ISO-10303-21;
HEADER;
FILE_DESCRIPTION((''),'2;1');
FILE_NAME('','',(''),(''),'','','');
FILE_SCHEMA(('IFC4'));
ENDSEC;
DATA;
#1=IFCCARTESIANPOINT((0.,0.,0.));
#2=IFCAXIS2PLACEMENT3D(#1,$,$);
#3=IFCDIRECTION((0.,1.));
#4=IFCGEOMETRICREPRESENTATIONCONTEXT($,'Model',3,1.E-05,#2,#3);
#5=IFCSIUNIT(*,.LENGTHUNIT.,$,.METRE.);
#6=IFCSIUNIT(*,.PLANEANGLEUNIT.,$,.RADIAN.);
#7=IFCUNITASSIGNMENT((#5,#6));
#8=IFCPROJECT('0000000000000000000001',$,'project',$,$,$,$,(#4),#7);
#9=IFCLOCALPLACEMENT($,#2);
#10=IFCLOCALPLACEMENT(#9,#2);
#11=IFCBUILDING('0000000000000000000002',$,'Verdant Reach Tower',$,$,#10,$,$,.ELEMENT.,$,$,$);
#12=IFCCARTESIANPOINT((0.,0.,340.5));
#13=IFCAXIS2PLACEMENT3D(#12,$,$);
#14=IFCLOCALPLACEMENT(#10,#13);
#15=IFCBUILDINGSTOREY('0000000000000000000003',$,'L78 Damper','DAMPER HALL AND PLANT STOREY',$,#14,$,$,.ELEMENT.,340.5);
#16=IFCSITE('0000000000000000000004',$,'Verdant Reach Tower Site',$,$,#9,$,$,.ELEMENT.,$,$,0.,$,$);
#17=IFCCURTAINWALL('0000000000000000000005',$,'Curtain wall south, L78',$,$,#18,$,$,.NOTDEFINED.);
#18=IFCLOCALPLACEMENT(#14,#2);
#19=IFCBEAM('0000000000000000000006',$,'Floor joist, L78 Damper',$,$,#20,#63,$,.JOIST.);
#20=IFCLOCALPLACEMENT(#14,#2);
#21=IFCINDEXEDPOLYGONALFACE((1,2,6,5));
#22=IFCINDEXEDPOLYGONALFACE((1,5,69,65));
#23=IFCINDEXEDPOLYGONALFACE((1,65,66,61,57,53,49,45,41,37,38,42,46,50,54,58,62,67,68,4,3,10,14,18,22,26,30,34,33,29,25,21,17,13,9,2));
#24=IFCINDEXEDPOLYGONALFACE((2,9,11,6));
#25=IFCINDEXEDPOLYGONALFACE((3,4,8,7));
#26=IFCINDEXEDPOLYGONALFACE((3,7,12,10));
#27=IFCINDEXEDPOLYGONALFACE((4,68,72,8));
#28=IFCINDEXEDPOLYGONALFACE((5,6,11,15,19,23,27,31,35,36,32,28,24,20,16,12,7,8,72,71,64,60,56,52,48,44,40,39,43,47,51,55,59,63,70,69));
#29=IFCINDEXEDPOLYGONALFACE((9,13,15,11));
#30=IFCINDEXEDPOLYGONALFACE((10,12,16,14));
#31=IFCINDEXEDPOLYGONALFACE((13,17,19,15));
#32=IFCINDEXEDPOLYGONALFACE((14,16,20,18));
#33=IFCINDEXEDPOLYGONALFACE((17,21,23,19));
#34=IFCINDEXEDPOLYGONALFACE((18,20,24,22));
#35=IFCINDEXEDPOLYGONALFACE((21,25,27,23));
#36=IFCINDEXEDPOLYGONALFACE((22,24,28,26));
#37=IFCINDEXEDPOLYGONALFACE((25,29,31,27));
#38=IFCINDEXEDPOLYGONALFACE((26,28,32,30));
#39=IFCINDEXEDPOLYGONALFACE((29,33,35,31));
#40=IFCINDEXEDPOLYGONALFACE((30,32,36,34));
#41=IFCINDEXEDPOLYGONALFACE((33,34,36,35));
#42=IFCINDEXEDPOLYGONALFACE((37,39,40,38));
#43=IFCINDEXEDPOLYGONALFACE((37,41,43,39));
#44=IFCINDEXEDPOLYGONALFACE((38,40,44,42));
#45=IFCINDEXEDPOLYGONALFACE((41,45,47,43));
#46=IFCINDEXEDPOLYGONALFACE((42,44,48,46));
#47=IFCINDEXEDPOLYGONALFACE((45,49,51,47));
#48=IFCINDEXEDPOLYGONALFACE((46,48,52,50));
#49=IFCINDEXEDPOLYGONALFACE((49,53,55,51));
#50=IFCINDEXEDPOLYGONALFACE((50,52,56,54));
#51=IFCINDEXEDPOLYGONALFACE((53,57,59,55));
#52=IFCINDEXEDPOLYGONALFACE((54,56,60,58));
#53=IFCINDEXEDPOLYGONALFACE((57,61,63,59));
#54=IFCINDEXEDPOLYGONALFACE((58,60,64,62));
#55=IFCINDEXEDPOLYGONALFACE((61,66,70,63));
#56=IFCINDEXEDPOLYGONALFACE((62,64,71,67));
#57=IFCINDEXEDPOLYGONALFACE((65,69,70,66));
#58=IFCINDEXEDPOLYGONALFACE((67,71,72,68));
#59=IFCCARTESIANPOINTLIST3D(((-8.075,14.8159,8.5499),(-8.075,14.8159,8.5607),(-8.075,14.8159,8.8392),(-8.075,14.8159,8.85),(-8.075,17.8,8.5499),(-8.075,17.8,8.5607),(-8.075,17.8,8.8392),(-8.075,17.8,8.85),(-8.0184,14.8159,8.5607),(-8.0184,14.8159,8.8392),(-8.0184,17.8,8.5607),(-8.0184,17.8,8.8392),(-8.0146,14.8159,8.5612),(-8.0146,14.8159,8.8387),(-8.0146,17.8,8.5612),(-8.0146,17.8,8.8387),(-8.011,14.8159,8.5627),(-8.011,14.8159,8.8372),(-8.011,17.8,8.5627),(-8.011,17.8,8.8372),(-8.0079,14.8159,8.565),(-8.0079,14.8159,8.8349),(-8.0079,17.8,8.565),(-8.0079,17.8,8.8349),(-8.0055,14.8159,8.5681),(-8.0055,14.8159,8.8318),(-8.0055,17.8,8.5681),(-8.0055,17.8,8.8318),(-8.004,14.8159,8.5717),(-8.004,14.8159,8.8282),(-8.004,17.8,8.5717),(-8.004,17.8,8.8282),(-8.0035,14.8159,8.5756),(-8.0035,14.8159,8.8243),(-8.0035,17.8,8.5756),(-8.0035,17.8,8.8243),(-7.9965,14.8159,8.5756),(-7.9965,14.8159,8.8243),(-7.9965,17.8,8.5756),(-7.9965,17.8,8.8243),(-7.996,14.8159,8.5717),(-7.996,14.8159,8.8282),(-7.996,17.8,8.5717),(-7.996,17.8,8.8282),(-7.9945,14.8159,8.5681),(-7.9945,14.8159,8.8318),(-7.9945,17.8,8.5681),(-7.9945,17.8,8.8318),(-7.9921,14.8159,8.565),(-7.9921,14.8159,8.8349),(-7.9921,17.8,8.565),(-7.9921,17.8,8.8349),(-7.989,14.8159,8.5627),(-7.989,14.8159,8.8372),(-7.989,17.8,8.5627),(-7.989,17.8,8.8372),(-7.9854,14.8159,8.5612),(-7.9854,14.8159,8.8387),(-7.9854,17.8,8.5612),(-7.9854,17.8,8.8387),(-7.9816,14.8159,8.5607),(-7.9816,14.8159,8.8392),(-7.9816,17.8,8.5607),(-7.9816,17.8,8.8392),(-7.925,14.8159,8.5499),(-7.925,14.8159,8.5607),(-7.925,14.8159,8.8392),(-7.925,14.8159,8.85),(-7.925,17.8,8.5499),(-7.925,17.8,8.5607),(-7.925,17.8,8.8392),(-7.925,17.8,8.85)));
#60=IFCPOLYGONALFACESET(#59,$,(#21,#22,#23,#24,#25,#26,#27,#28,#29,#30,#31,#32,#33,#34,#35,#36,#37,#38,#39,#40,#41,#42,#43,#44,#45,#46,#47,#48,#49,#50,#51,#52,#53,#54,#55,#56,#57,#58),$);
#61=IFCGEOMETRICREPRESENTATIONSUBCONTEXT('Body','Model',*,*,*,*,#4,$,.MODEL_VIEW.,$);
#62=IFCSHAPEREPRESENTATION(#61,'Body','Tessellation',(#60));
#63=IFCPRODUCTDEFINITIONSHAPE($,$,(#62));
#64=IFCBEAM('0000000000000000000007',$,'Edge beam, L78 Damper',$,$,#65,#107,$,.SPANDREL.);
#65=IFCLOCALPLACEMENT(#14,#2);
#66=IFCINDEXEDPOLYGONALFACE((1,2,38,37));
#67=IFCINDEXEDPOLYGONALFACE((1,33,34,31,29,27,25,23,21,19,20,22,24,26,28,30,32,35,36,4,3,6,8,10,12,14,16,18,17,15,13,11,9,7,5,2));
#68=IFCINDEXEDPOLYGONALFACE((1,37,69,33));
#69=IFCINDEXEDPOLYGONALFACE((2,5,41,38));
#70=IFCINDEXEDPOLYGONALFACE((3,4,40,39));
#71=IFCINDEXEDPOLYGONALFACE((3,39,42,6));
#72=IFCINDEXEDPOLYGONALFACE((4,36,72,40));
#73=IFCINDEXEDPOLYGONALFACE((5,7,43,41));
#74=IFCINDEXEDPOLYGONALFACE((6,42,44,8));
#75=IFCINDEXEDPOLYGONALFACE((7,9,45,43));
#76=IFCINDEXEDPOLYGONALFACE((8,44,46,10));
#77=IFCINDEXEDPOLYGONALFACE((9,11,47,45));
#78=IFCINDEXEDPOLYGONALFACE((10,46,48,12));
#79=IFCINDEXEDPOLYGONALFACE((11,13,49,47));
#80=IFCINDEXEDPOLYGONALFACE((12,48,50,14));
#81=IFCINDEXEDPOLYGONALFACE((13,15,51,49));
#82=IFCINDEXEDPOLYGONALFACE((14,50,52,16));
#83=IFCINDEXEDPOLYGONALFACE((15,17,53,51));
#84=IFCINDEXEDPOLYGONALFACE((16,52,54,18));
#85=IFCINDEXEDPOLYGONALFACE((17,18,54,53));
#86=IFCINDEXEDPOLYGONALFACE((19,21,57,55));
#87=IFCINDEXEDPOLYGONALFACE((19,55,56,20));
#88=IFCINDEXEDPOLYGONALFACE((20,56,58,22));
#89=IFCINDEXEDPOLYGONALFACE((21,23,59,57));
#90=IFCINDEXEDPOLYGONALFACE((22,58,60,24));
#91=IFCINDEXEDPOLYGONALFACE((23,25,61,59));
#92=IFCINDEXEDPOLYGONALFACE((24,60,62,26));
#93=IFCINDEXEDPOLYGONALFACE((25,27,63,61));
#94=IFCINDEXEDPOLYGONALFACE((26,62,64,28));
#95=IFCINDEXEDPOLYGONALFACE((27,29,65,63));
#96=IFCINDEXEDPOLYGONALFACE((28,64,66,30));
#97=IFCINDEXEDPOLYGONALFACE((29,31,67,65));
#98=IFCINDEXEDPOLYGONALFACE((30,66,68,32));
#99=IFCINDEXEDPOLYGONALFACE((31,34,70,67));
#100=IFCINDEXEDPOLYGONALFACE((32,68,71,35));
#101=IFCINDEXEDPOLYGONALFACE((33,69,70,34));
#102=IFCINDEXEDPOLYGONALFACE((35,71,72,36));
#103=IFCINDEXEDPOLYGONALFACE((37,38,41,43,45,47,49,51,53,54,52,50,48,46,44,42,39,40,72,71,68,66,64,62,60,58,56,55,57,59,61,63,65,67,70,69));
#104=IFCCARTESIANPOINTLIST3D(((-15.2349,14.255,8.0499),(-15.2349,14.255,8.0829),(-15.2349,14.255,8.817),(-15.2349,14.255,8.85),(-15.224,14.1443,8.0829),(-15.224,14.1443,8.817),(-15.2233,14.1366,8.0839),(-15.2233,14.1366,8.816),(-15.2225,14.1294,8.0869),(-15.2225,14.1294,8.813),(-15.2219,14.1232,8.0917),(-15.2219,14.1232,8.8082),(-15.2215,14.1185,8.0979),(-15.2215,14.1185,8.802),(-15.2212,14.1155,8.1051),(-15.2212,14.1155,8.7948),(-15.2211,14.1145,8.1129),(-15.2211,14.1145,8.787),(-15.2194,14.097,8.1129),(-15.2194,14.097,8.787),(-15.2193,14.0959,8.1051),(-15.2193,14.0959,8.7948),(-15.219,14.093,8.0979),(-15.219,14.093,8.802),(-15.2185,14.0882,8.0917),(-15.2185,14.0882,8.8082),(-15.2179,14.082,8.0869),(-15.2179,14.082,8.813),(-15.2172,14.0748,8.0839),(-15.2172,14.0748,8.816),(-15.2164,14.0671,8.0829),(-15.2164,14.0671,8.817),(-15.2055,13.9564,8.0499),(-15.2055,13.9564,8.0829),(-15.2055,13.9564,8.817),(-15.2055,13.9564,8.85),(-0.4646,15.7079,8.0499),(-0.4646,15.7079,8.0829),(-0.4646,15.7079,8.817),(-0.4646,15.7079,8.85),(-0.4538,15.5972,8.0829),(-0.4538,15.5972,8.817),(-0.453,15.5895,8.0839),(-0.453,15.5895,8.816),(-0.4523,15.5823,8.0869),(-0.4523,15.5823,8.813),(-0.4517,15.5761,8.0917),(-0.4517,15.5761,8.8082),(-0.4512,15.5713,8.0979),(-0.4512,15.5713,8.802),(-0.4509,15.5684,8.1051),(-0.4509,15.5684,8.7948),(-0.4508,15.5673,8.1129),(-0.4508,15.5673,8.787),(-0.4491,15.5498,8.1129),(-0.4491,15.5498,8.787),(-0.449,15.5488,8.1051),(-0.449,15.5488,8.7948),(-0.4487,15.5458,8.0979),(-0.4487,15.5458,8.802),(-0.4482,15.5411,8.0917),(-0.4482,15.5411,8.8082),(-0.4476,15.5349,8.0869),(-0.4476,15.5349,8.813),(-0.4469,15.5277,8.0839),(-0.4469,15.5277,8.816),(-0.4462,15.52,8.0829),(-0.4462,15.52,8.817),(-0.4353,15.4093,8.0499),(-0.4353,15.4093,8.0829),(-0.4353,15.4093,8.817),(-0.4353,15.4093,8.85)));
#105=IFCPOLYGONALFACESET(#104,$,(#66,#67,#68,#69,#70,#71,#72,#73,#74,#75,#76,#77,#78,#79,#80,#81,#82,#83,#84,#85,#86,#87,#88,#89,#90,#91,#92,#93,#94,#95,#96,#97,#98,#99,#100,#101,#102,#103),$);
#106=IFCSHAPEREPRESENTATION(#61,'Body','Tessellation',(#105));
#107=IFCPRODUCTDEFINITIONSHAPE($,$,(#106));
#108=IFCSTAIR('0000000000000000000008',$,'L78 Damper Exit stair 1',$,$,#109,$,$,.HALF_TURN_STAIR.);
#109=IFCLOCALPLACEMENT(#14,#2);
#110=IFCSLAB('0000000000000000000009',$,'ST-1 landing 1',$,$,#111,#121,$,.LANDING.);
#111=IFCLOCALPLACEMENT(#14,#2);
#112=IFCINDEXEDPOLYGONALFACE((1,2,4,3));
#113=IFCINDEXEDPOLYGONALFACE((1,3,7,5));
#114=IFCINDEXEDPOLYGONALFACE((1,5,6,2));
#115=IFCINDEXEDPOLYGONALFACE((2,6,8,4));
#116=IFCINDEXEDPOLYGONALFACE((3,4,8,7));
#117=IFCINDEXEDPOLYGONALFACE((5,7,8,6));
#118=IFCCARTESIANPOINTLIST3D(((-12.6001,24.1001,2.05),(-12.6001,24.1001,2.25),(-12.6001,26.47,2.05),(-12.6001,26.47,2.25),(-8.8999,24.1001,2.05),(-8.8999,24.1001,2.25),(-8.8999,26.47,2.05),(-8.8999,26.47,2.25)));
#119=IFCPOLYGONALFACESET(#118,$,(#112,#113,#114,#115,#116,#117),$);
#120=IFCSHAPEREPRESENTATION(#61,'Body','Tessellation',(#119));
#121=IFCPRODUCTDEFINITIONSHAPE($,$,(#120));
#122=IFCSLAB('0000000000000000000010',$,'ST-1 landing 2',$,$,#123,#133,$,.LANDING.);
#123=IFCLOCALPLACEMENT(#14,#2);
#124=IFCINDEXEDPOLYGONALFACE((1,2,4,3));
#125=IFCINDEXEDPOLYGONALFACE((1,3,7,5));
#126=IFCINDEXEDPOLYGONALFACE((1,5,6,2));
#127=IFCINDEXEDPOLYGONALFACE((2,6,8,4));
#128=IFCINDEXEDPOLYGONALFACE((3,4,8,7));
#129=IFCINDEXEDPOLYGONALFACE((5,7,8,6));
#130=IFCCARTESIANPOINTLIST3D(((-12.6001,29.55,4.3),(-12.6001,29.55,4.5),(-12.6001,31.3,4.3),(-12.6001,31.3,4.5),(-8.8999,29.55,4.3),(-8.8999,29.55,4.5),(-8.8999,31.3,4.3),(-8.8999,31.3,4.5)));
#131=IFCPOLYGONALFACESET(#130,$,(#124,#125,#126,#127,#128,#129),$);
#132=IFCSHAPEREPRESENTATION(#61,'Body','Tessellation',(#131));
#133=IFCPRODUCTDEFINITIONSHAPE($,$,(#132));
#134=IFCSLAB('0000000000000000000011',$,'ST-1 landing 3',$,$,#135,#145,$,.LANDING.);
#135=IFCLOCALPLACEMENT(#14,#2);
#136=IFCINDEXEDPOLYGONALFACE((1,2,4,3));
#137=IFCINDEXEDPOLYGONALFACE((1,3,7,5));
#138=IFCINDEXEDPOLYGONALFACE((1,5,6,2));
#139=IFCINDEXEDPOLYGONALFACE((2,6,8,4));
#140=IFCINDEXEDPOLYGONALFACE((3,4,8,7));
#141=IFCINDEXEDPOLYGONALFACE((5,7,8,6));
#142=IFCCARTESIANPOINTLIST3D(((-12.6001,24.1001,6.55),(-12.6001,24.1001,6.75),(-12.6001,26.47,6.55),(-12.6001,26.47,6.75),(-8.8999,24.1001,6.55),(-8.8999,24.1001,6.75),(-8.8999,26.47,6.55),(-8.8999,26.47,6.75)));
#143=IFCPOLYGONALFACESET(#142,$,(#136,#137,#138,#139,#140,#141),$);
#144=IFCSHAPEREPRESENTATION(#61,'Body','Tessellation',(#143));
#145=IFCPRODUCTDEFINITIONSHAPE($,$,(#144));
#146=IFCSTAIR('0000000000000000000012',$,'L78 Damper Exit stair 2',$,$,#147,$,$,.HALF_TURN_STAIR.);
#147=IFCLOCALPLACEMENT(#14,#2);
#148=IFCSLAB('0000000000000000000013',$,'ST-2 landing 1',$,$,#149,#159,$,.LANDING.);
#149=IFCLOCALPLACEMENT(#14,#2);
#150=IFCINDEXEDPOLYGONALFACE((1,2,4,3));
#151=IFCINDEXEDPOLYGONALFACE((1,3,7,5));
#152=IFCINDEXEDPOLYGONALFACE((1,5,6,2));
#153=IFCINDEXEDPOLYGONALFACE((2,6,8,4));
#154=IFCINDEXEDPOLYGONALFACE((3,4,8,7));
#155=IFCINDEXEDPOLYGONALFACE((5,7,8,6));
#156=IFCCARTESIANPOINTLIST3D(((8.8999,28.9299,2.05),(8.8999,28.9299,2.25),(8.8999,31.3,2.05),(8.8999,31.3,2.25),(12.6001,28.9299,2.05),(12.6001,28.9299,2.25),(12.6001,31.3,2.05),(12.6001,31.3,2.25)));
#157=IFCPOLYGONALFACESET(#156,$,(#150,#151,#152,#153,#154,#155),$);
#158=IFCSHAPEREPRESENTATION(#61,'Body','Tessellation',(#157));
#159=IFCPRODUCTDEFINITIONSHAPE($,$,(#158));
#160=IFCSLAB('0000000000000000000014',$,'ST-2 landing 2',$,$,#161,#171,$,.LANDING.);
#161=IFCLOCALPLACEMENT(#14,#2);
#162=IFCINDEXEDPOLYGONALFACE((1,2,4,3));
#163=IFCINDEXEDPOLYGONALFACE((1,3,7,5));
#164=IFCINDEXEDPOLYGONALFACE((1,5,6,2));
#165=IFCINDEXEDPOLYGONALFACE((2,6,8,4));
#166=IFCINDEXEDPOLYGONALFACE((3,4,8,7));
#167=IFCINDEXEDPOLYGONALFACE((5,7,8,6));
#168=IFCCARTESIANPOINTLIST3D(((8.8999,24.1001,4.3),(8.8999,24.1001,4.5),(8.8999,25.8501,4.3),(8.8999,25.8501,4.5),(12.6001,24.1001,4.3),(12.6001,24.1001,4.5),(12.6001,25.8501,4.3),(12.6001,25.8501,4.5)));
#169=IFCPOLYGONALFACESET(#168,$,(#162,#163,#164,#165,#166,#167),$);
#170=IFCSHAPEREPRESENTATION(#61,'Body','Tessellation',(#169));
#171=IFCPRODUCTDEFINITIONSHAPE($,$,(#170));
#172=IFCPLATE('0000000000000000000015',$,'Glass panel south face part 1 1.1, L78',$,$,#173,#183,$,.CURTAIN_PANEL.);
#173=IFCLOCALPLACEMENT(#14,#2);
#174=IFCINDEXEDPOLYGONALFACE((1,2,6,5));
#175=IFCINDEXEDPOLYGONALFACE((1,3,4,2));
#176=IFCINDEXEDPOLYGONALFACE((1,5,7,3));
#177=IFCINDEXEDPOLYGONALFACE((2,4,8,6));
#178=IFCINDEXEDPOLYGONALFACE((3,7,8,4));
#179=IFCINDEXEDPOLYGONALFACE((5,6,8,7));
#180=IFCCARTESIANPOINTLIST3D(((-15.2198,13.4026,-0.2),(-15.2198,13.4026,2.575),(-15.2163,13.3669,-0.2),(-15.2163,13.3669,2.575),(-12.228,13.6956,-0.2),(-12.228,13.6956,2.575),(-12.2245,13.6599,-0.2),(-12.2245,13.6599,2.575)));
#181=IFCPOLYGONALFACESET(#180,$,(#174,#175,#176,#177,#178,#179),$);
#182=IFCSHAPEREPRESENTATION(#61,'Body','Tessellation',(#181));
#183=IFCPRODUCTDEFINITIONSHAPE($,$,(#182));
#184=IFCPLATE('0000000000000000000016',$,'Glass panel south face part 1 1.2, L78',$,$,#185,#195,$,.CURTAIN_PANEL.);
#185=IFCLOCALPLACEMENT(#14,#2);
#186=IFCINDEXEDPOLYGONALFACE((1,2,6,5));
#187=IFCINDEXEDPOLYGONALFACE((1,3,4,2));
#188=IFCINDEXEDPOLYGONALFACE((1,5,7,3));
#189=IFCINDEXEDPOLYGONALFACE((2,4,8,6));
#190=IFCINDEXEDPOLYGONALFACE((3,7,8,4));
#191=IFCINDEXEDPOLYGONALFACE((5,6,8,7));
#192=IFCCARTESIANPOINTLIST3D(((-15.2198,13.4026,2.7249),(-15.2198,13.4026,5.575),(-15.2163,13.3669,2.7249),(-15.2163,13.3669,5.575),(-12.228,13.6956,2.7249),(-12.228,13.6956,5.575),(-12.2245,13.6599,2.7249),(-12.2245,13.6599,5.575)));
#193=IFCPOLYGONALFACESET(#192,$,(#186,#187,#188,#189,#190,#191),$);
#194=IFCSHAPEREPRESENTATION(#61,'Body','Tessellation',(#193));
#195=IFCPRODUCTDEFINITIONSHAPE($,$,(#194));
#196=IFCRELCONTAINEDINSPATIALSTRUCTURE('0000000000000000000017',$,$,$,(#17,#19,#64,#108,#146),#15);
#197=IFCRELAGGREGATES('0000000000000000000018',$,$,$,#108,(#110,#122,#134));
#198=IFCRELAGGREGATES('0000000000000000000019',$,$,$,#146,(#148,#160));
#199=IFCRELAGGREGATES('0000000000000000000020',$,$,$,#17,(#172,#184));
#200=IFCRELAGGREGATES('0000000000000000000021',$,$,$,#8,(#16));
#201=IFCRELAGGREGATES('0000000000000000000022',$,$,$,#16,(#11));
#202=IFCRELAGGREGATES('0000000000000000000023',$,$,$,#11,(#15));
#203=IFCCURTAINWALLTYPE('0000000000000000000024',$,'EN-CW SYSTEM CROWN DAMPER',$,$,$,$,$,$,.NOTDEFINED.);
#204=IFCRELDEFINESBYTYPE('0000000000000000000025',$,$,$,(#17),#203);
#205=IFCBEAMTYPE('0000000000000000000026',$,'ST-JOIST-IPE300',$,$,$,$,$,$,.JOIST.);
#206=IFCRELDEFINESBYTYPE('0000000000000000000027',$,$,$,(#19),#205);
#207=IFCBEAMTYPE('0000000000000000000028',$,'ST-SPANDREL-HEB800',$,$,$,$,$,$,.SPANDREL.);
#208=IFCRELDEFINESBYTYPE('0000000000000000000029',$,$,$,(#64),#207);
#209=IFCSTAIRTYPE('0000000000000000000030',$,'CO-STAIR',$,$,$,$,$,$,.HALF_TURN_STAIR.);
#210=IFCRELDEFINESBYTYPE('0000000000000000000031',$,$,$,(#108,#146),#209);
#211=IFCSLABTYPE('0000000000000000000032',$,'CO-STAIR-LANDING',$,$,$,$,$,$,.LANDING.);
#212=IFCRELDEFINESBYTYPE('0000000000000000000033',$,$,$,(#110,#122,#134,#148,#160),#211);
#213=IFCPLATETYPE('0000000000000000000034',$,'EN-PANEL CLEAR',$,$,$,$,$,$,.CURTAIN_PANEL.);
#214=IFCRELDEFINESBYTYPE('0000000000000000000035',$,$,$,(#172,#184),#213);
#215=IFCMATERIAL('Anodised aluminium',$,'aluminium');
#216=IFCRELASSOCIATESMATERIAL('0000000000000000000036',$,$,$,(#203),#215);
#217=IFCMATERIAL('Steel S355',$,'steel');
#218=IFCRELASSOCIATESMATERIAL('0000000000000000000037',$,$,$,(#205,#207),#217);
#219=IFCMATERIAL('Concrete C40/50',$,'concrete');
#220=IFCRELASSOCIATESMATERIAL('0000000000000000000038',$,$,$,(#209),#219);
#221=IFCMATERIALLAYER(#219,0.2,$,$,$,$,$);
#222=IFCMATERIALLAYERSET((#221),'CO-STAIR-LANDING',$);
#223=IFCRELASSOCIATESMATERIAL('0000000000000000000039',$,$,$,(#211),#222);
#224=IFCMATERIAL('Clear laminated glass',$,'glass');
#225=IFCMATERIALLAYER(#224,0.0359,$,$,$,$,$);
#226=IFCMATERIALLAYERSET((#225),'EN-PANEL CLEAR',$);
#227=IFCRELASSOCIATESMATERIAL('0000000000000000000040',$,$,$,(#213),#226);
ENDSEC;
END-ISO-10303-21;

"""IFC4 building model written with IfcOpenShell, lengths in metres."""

from ifc_helpers import new_model, si_unit, direction, frame, origin, origin_2d, place, context, subcontext, project, spatial, polyline, rectangle, i_section, outline, extrude, material, layer, layer_set, material_profile, profile_set, type_object, element, aggregate, save


model = new_model("IFC4")

# Units and contexts
model_context = context("Model", 3, precision=1e-05, world=origin(), true_north=direction((0.0, 1.0)))
body_context = subcontext(model_context, "Body", "Model", "MODEL_VIEW")
ifc_project = project(units=[si_unit("LENGTHUNIT", "METRE"), si_unit("PLANEANGLEUNIT", "RADIAN")], contexts=[model_context])

# Site, building, storey
site_placement = place(None, origin())
site = spatial("IfcSite", under=ifc_project, at=site_placement, Name="Verdant Reach Tower Site", CompositionType="ELEMENT", RefElevation=0.0)
building_placement = place(site_placement, origin())
building = spatial("IfcBuilding", under=site, at=building_placement, Name="Verdant Reach Tower", CompositionType="ELEMENT")
storey_placement = place(building_placement, frame((0.0, 0.0, 340.5)))
storey = spatial("IfcBuildingStorey", under=building, at=storey_placement, Name="L78 Damper", Description="DAMPER HALL AND PLANT STOREY", CompositionType="ELEMENT", Elevation=340.5)

# Curtain wall
ifc_material_1 = material(Name="Anodised aluminium", Category="aluminium")
curtain_wall_type = type_object("IfcCurtainWallType", Name="EN-CW SYSTEM CROWN DAMPER", PredefinedType="NOTDEFINED", material=ifc_material_1)
curtain_wall_placement = place(storey_placement, origin())
curtain_wall = element("IfcCurtainWall", 1, at=curtain_wall_placement, inside=storey, type_object=curtain_wall_type, Name="Curtain wall south, L78", PredefinedType="NOTDEFINED")

# Beams
ifc_material_2 = material(Name="Steel S355", Category="steel")
ifc_material_profile_1 = material_profile(ifc_material_2, i_section(OverallWidth=0.1499, OverallDepth=0.3, WebThickness=0.0071, FlangeThickness=0.0107, FilletRadius=0.0149, at=origin_2d()), Name="IPE 300")
ifc_profile_set_1 = profile_set([ifc_material_profile_1], Name="Steel S355")
beam_type_1 = type_object("IfcBeamType", Name="ST-JOIST-IPE300", PredefinedType="JOIST", material=ifc_profile_set_1)
beam_1_placement = place(storey_placement, frame((-8.0, 17.8, 8.7), z_axis=(0.0, -1.0, 0.0), x_axis=(1.0, 0.0, 0.0)))
element("IfcBeam", 2, at=beam_1_placement, inside=storey, type_object=beam_type_1, Name="Floor joist, L78 Damper", PredefinedType="JOIST", context=body_context, shape_type="SweptSolid", body=[
    extrude(i_section(OverallWidth=0.1499, OverallDepth=0.3, WebThickness=0.0071, FlangeThickness=0.0107, FilletRadius=0.0149, at=origin_2d()), origin(), (0.0, 0.0, 1.0), 2.9841),
])
ifc_material_profile_2 = material_profile(ifc_material_2, i_section(OverallWidth=0.3, OverallDepth=0.8, WebThickness=0.0176, FlangeThickness=0.033, FilletRadius=0.03, at=origin_2d()), Name="HEB 800")
ifc_profile_set_2 = profile_set([ifc_material_profile_2], Name="Steel S355")
beam_type_2 = type_object("IfcBeamType", Name="ST-SPANDREL-HEB800", PredefinedType="SPANDREL", material=ifc_profile_set_2)
beam_2_placement = place(storey_placement, frame((-0.45, 15.5586, 8.45), z_axis=(-0.995197, -0.097893, 0.0), x_axis=(0.097893, -0.995197, 0.0)))
element("IfcBeam", 3, at=beam_2_placement, inside=storey, type_object=beam_type_2, Name="Edge beam, L78 Damper", PredefinedType="SPANDREL", context=body_context, shape_type="SweptSolid", body=[
    extrude(i_section(OverallWidth=0.3, OverallDepth=0.8, WebThickness=0.0176, FlangeThickness=0.033, FilletRadius=0.03, at=origin_2d()), origin(), (0.0, 0.0, 1.0), 14.8416),
])

# Stairs, slabs
ifc_material_3 = material(Name="Concrete C40/50", Category="concrete")
stair_type = type_object("IfcStairType", Name="CO-STAIR", PredefinedType="HALF_TURN_STAIR", material=ifc_material_3)
stair_1_placement = place(storey_placement, origin())
stair_1 = element("IfcStair", 4, at=stair_1_placement, inside=storey, type_object=stair_type, Name="L78 Damper Exit stair 1", PredefinedType="HALF_TURN_STAIR")
ifc_layer_1 = layer(ifc_material_3, 0.2)
ifc_layer_set_1 = layer_set([ifc_layer_1], Name="CO-STAIR-LANDING")
slab_type_1 = type_object("IfcSlabType", Name="CO-STAIR-LANDING", PredefinedType="LANDING", material=ifc_layer_set_1)
slab_1_placement = place(storey_placement, frame((0.0, 0.0, 2.05)))
slab_1 = element("IfcSlab", 5, at=slab_1_placement, type_object=slab_type_1, Name="ST-1 landing 1", PredefinedType="LANDING", context=body_context, shape_type="SweptSolid", body=[
    extrude(outline(polyline([(-12.6001, 26.47), (-12.6001, 24.1001), (-8.8999, 24.1001), (-8.8999, 26.47), (-12.6001, 26.47)])), origin(), (0.0, 0.0, 1.0), 0.2),
])
slab_2_placement = place(storey_placement, frame((0.0, 0.0, 4.3)))
slab_2 = element("IfcSlab", 6, at=slab_2_placement, type_object=slab_type_1, Name="ST-1 landing 2", PredefinedType="LANDING", context=body_context, shape_type="SweptSolid", body=[
    extrude(outline(polyline([(-12.6001, 31.3), (-12.6001, 29.55), (-8.8999, 29.55), (-8.8999, 31.3), (-12.6001, 31.3)])), origin(), (0.0, 0.0, 1.0), 0.2),
])
slab_3_placement = place(storey_placement, frame((0.0, 0.0, 6.55)))
slab_3 = element("IfcSlab", 7, at=slab_3_placement, type_object=slab_type_1, Name="ST-1 landing 3", PredefinedType="LANDING", context=body_context, shape_type="SweptSolid", body=[
    extrude(outline(polyline([(-12.6001, 26.47), (-12.6001, 24.1001), (-8.8999, 24.1001), (-8.8999, 26.47), (-12.6001, 26.47)])), origin(), (0.0, 0.0, 1.0), 0.2),
])
aggregate(stair_1, [slab_1, slab_2, slab_3])
stair_2_placement = place(storey_placement, origin())
stair_2 = element("IfcStair", 8, at=stair_2_placement, inside=storey, type_object=stair_type, Name="L78 Damper Exit stair 2", PredefinedType="HALF_TURN_STAIR")
slab_4_placement = place(storey_placement, frame((0.0, 0.0, 2.05)))
slab_4 = element("IfcSlab", 9, at=slab_4_placement, type_object=slab_type_1, Name="ST-2 landing 1", PredefinedType="LANDING", context=body_context, shape_type="SweptSolid", body=[
    extrude(outline(polyline([(12.6001, 28.9299), (12.6001, 31.3), (8.8999, 31.3), (8.8999, 28.9299), (12.6001, 28.9299)])), origin(), (0.0, 0.0, 1.0), 0.2),
])
slab_5_placement = place(storey_placement, frame((0.0, 0.0, 4.3)))
slab_5 = element("IfcSlab", 10, at=slab_5_placement, type_object=slab_type_1, Name="ST-2 landing 2", PredefinedType="LANDING", context=body_context, shape_type="SweptSolid", body=[
    extrude(outline(polyline([(12.6001, 24.1001), (12.6001, 25.8501), (8.8999, 25.8501), (8.8999, 24.1001), (12.6001, 24.1001)])), origin(), (0.0, 0.0, 1.0), 0.2),
])
aggregate(stair_2, [slab_4, slab_5])

# Plates
ifc_material_4 = material(Name="Clear laminated glass", Category="glass")
ifc_layer_2 = layer(ifc_material_4, 0.0359)
ifc_layer_set_2 = layer_set([ifc_layer_2], Name="EN-PANEL CLEAR")
plate_type = type_object("IfcPlateType", Name="EN-PANEL CLEAR", PredefinedType="CURTAIN_PANEL", material=ifc_layer_set_2)
plate_1_placement = place(storey_placement, frame((-13.7222, 13.5312, -0.2), z_axis=(0.0, 0.0, 1.0), x_axis=(0.995238, 0.097473, 0.0)))
plate_1 = element("IfcPlate", 11, at=plate_1_placement, type_object=plate_type, Name="Glass panel south face part 1 1.1, L78", PredefinedType="CURTAIN_PANEL", context=body_context, shape_type="SweptSolid", body=[
    extrude(rectangle(XDim=3.0061, YDim=0.0359, at=origin_2d()), origin(), (0.0, 0.0, 1.0), 2.7749),
])
plate_2_placement = place(storey_placement, frame((-13.7222, 13.5312, 2.7249), z_axis=(0.0, 0.0, 1.0), x_axis=(0.995238, 0.097473, 0.0)))
plate_2 = element("IfcPlate", 12, at=plate_2_placement, type_object=plate_type, Name="Glass panel south face part 1 1.2, L78", PredefinedType="CURTAIN_PANEL", context=body_context, shape_type="SweptSolid", body=[
    extrude(rectangle(XDim=3.0061, YDim=0.0359, at=origin_2d()), origin(), (0.0, 0.0, 1.0), 2.8501),
])
aggregate(curtain_wall, [plate_1, plate_2])

save(model, "model.ifc")
